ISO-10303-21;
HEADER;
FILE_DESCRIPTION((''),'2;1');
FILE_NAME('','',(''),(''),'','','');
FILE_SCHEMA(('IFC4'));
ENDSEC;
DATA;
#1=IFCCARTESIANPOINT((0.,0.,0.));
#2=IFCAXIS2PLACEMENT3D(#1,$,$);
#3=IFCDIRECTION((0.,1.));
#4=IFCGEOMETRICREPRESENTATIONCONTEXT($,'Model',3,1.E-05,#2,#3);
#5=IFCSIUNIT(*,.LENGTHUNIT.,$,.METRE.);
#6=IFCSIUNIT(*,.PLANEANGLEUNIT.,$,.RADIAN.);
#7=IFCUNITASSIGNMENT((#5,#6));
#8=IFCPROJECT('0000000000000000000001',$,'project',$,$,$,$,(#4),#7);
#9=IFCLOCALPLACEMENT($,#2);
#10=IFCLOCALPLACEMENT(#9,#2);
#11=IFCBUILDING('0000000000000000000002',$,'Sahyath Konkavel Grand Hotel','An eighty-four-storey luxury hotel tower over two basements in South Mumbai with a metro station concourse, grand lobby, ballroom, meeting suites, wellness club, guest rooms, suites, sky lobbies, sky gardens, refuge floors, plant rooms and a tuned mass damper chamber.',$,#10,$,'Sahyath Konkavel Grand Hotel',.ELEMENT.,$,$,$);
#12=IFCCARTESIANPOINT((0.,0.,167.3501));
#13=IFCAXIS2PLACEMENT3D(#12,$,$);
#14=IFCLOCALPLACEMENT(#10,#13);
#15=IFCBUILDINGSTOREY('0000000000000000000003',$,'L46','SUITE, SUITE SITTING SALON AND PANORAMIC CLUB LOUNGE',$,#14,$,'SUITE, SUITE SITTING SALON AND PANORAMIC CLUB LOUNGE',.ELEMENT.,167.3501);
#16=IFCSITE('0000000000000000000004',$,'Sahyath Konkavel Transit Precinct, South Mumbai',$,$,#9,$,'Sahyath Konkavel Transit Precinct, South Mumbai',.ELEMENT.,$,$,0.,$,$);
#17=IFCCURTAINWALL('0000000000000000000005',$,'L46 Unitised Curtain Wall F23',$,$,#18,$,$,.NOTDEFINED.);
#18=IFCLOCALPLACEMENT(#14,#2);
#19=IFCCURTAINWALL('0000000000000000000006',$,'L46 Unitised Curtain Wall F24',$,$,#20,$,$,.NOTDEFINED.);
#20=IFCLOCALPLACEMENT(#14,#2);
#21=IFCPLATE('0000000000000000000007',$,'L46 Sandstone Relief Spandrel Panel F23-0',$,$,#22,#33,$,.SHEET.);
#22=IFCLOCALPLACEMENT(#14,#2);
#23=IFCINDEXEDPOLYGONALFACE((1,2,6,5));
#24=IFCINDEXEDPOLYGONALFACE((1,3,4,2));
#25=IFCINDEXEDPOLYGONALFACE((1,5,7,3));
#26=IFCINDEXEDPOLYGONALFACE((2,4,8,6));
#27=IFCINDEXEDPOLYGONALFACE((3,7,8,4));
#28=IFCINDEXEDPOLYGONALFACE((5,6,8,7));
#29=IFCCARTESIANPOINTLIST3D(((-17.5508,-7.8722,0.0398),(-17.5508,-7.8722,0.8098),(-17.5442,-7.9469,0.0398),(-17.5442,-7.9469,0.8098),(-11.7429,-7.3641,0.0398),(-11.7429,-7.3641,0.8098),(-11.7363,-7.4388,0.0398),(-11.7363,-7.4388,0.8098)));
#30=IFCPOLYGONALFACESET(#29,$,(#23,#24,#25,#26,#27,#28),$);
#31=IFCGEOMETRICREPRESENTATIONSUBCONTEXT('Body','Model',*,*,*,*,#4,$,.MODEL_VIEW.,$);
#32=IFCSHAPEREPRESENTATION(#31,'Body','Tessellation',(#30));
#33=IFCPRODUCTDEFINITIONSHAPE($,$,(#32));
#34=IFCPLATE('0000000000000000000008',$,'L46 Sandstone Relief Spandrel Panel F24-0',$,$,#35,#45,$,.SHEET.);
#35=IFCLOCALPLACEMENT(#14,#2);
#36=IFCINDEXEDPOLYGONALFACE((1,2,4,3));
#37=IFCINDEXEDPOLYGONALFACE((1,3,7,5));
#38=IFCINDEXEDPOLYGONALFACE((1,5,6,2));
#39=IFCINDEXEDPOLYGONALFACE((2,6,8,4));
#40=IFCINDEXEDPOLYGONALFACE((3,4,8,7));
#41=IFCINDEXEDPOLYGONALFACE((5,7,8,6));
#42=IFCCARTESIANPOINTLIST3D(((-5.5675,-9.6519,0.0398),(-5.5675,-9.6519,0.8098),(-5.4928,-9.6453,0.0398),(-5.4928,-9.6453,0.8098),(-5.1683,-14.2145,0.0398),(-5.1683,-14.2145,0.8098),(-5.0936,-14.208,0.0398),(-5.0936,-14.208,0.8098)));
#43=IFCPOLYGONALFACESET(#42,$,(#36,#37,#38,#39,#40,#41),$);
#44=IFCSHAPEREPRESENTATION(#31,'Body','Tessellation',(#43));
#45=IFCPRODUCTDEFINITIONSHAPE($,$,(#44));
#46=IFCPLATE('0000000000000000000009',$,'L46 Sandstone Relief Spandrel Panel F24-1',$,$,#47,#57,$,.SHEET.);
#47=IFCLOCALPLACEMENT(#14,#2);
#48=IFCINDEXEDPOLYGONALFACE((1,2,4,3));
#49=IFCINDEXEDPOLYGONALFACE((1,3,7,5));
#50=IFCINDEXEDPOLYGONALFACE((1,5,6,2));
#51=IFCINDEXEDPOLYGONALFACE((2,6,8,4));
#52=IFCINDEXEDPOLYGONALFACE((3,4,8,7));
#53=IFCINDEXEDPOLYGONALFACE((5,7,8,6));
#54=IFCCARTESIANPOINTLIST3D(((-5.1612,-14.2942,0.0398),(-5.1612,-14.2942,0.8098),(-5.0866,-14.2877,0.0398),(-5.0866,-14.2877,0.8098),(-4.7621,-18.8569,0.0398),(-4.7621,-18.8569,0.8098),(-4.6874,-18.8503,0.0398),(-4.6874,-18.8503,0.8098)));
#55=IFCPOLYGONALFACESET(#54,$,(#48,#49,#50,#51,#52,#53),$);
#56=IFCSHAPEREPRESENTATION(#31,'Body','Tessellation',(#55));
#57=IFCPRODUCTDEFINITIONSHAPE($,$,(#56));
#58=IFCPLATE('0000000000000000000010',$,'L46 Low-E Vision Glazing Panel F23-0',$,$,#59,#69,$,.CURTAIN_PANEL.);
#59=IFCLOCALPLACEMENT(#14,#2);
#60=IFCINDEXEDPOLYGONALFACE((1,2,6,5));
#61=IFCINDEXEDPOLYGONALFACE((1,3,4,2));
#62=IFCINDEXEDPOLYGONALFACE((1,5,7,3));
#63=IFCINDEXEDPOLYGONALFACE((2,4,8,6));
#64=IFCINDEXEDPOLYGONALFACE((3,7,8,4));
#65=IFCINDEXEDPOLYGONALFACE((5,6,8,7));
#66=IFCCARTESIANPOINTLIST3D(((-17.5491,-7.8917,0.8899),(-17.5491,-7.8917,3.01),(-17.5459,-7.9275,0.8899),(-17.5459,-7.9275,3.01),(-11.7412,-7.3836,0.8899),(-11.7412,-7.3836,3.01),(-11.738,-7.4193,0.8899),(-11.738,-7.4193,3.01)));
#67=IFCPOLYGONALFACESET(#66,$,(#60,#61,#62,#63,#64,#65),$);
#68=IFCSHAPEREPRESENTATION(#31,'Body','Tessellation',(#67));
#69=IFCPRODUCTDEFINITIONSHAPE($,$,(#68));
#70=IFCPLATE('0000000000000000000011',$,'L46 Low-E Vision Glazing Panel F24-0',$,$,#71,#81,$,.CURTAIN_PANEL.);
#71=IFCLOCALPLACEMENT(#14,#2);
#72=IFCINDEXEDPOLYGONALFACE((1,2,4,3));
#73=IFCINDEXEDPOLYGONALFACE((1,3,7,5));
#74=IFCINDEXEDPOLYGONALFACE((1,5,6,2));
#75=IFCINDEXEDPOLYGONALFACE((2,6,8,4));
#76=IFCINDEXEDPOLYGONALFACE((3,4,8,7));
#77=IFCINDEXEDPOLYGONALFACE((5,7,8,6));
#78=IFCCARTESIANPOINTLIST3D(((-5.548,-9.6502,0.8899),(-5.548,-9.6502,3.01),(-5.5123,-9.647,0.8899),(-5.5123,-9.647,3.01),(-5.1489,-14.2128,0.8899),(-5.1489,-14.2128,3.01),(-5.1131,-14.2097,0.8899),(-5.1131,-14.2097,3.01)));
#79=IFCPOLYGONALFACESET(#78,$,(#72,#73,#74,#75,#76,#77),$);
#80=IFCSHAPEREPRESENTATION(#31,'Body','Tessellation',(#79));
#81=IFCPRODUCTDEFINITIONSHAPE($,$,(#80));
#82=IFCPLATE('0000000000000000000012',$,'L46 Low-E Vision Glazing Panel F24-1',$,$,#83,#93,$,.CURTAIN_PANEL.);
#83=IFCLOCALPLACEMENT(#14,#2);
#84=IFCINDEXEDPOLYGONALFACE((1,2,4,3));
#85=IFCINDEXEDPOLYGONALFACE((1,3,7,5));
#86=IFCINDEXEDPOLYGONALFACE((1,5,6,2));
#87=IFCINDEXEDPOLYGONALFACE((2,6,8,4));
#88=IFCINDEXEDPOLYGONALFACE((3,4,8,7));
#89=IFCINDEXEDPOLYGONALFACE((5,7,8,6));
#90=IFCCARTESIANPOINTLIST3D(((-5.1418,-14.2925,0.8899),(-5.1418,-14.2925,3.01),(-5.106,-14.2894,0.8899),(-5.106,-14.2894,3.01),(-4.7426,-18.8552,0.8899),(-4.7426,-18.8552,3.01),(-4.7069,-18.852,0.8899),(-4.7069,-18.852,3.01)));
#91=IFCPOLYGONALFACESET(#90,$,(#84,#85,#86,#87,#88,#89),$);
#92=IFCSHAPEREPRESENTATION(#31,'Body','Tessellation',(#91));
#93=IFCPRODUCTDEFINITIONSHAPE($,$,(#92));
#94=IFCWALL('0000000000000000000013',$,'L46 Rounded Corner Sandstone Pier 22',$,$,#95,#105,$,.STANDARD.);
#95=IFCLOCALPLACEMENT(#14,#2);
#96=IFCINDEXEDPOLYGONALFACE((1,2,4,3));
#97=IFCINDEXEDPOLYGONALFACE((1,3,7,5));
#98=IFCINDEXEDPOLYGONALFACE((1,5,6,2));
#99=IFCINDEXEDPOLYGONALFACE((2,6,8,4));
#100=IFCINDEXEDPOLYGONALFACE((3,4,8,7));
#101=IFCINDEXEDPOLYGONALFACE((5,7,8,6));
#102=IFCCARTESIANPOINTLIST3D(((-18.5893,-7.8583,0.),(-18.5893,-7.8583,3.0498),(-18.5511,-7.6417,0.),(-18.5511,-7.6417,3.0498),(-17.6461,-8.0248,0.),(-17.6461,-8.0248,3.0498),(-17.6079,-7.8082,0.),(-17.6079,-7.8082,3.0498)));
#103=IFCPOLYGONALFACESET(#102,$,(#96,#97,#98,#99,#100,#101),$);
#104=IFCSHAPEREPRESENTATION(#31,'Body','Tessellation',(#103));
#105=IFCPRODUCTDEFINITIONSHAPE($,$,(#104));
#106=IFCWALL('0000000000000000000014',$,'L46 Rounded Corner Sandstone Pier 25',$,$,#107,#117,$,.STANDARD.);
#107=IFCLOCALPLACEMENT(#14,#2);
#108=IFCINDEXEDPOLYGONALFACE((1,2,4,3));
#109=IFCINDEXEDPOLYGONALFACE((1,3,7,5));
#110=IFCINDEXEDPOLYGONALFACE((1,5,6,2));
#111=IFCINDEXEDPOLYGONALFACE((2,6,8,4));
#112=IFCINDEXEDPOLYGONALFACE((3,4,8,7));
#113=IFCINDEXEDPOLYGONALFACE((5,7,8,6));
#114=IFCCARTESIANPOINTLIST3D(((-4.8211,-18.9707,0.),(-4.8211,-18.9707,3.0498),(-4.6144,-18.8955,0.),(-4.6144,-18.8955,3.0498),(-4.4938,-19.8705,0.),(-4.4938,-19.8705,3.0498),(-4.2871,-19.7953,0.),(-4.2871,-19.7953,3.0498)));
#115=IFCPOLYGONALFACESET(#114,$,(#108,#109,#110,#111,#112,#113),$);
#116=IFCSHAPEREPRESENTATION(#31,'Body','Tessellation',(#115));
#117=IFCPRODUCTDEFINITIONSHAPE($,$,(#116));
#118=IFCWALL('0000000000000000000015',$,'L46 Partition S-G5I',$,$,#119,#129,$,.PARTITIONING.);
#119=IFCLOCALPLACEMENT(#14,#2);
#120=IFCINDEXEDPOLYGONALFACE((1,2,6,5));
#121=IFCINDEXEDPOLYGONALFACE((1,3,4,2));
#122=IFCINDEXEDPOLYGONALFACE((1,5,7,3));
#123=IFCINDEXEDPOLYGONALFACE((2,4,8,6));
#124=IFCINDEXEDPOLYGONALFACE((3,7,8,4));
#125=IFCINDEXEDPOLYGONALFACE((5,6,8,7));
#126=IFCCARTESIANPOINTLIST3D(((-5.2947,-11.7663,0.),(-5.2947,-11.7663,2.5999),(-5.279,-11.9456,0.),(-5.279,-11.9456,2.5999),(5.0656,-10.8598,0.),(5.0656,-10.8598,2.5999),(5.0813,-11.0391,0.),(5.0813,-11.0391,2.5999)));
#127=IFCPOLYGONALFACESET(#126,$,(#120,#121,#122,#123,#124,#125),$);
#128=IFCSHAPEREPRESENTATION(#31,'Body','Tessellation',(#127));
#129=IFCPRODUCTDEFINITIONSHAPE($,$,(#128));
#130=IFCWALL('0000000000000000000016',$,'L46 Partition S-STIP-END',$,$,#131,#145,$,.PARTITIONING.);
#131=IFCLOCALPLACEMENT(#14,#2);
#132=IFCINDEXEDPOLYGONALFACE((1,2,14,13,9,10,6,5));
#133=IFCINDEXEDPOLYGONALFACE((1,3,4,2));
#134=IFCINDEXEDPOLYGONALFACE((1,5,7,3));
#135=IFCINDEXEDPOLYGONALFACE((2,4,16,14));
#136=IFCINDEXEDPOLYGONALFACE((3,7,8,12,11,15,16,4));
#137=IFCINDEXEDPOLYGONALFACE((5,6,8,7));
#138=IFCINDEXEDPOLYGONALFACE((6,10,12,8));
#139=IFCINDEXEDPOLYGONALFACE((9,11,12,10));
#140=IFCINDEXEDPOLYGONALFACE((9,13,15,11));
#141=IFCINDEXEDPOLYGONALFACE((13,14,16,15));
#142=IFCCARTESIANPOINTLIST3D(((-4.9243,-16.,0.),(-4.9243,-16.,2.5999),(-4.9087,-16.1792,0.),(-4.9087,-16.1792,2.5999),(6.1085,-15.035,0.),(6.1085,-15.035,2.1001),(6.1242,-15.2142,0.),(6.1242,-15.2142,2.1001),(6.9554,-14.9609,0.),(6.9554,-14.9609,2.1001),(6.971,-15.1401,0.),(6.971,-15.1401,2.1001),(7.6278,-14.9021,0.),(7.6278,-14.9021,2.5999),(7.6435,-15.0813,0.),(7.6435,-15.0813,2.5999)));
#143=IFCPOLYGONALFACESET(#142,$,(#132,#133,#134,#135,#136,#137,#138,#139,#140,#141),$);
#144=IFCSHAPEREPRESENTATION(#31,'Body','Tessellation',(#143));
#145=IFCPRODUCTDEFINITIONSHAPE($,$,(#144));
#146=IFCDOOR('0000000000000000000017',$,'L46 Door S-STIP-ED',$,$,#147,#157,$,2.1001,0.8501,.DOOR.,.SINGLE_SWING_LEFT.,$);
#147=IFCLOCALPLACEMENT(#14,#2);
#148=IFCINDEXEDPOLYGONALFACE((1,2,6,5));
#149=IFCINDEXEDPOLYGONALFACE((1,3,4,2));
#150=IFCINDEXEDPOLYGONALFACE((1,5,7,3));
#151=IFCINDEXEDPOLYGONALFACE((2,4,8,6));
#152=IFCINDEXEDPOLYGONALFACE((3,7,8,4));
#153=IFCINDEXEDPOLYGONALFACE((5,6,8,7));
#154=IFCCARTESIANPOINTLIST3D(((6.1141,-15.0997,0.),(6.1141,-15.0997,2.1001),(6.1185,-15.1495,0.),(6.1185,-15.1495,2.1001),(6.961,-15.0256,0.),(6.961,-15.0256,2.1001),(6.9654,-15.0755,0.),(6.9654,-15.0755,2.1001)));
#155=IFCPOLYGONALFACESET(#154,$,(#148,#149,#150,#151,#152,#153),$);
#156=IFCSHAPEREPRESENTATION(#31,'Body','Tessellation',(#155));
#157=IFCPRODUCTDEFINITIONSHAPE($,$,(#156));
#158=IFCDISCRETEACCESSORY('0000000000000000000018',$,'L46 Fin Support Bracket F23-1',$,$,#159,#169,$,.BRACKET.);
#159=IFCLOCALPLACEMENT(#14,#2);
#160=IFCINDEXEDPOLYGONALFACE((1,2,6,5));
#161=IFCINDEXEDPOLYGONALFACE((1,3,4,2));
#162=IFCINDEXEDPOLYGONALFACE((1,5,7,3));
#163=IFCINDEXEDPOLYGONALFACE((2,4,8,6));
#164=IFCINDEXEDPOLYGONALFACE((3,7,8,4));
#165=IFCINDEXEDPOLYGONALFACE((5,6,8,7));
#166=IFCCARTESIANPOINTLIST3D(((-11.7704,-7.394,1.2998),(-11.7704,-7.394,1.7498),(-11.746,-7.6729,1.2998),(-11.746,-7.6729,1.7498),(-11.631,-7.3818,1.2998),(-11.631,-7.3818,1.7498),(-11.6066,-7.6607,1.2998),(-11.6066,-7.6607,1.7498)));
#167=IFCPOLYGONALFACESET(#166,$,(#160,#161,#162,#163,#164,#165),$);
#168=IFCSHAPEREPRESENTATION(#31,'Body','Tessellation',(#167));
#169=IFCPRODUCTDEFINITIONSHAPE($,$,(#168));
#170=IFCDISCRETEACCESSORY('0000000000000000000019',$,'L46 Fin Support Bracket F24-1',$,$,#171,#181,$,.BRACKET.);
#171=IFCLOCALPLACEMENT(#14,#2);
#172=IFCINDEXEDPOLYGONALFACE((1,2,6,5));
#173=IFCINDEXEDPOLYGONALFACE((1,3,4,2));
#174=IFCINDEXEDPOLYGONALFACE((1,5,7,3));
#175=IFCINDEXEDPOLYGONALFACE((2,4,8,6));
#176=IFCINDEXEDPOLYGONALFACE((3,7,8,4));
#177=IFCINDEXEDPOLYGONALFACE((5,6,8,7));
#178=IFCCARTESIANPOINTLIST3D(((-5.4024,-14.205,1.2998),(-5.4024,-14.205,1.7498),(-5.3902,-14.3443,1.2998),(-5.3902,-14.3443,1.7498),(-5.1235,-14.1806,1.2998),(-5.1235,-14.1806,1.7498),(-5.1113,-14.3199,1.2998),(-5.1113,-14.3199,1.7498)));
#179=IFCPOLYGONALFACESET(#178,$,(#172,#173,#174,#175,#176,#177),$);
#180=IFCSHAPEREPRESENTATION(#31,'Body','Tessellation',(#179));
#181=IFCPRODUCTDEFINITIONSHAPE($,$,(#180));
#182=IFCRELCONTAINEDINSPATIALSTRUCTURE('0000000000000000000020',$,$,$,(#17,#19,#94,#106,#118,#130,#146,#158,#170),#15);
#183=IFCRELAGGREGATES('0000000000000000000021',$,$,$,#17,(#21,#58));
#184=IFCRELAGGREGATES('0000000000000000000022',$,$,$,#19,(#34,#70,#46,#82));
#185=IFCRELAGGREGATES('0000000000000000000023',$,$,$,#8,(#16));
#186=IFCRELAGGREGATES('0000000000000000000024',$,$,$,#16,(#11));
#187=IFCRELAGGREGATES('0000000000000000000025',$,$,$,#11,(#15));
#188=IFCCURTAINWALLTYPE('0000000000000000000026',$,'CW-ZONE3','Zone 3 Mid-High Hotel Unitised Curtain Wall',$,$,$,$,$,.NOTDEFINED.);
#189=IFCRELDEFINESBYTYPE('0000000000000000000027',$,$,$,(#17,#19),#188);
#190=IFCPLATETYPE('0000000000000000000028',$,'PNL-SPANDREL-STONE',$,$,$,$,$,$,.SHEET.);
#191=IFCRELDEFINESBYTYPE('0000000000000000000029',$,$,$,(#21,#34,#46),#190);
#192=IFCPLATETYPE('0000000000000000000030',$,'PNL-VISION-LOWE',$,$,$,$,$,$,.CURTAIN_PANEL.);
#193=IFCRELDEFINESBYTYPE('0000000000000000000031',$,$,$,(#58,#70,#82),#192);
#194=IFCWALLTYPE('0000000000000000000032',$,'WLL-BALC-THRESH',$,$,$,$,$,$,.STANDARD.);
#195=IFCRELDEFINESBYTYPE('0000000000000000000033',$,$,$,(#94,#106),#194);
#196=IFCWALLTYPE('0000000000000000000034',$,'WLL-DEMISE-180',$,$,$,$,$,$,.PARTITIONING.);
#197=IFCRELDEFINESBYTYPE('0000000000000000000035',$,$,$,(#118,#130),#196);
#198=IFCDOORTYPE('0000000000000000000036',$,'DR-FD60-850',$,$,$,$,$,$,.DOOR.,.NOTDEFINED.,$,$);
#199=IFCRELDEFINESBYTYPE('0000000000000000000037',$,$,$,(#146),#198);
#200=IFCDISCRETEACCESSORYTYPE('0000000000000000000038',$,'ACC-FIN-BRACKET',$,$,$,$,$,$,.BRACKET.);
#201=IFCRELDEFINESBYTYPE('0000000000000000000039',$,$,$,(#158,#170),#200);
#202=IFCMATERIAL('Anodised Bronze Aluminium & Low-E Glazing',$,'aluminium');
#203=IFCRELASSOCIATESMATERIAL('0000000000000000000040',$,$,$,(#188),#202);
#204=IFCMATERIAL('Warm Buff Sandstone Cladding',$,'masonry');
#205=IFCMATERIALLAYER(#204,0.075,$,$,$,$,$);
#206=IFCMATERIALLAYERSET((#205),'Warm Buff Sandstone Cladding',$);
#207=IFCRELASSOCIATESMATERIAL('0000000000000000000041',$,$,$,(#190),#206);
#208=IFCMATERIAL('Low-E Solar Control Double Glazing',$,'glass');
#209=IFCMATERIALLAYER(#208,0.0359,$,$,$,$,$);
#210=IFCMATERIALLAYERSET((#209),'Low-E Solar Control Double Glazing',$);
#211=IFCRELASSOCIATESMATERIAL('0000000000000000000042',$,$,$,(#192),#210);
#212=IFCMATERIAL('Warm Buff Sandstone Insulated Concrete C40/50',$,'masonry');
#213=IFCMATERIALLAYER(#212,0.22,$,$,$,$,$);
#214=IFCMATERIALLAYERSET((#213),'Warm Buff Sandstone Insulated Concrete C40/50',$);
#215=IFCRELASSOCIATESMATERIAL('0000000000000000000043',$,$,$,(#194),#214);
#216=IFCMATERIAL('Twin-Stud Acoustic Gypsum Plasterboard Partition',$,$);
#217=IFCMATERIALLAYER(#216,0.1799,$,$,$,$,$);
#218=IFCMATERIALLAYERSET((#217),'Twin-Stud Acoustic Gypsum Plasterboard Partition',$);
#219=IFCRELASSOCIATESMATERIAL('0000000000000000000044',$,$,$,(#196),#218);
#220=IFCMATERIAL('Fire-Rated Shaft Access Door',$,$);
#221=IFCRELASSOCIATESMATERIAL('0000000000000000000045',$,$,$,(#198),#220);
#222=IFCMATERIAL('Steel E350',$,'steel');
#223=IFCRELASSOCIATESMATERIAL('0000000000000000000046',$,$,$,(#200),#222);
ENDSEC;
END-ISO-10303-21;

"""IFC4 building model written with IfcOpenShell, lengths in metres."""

from ifc_helpers import new_model, si_unit, direction, frame, frame_2d, origin, origin_2d, place, context, subcontext, project, spatial, rectangle, extrude, source, transform, mapped, material, layer, layer_set, type_object, element, fill, aggregate, save


model = new_model("IFC4")

# Units and contexts
model_context = context("Model", 3, precision=1e-05, world=origin(), true_north=direction((0.0, 1.0)))
body_context = subcontext(model_context, "Body", "Model", "MODEL_VIEW")
ifc_project = project(units=[si_unit("LENGTHUNIT", "METRE"), si_unit("PLANEANGLEUNIT", "RADIAN")], contexts=[model_context])

# Site, building, storey
site_placement = place(None, origin())
site = spatial("IfcSite", under=ifc_project, at=site_placement, Name="Sahyath Konkavel Transit Precinct, South Mumbai", LongName="Sahyath Konkavel Transit Precinct, South Mumbai", CompositionType="ELEMENT", RefElevation=0.0)
building_placement = place(site_placement, origin())
building = spatial("IfcBuilding", under=site, at=building_placement, Name="Sahyath Konkavel Grand Hotel", Description="An eighty-four-storey luxury hotel tower over two basements in South Mumbai with a metro station concourse, grand lobby, ballroom, meeting suites, wellness club, guest rooms, suites, sky lobbies, sky gardens, refuge floors, plant rooms and a tuned mass damper chamber.", LongName="Sahyath Konkavel Grand Hotel", CompositionType="ELEMENT")
storey_placement = place(building_placement, frame((0.0, 0.0, 167.3501)))
storey = spatial("IfcBuildingStorey", under=building, at=storey_placement, Name="L46", Description="SUITE, SUITE SITTING SALON AND PANORAMIC CLUB LOUNGE", LongName="SUITE, SUITE SITTING SALON AND PANORAMIC CLUB LOUNGE", CompositionType="ELEMENT", Elevation=167.3501)

# Curtain walls
ifc_material_1 = material(Name="Anodised Bronze Aluminium & Low-E Glazing", Category="aluminium")
curtain_wall_type = type_object("IfcCurtainWallType", Name="CW-ZONE3", Description="Zone 3 Mid-High Hotel Unitised Curtain Wall", PredefinedType="NOTDEFINED", material=ifc_material_1)
curtain_wall_1_placement = place(storey_placement, origin())
curtain_wall_1 = element("IfcCurtainWall", 1, at=curtain_wall_1_placement, inside=storey, type_object=curtain_wall_type, Name="L46 Unitised Curtain Wall F23", PredefinedType="NOTDEFINED")
curtain_wall_2_placement = place(storey_placement, origin())
curtain_wall_2 = element("IfcCurtainWall", 2, at=curtain_wall_2_placement, inside=storey, type_object=curtain_wall_type, Name="L46 Unitised Curtain Wall F24", PredefinedType="NOTDEFINED")

# Plates
ifc_material_2 = material(Name="Warm Buff Sandstone Cladding", Category="masonry")
ifc_layer_1 = layer(ifc_material_2, 0.075)
ifc_layer_set_1 = layer_set([ifc_layer_1], Name="Warm Buff Sandstone Cladding")
plate_type_1 = type_object("IfcPlateType", Name="PNL-SPANDREL-STONE", PredefinedType="SHEET", material=ifc_layer_set_1)
shared_shape_1 = source(origin(), body_context, "Body", "SweptSolid", [
    extrude(rectangle(XDim=5.8301, YDim=0.075, at=origin_2d()), origin(), (0.0, 0.0, 1.0), 0.77),
])
plate_1_placement = place(storey_placement, frame((-14.6436, -7.6555, 0.0398), z_axis=(0.0, 0.0, 1.0), x_axis=(0.996195, 0.087156, 0.0)))
plate_1 = element("IfcPlate", 3, at=plate_1_placement, type_object=plate_type_1, Name="L46 Sandstone Relief Spandrel Panel F23-0", PredefinedType="SHEET", context=body_context, shape_type="MappedRepresentation", body=[
    mapped(shared_shape_1, transform((0.0, 0.0, 0.0), scale=1.0)),
])
shared_shape_2 = source(origin(), body_context, "Body", "SweptSolid", [
    extrude(rectangle(XDim=4.5801, YDim=0.075, at=origin_2d()), origin(), (0.0, 0.0, 1.0), 0.77),
])
plate_2_placement = place(storey_placement, frame((-5.3306, -11.9299, 0.0398), z_axis=(0.0, 0.0, 1.0), x_axis=(0.087156, -0.996195, 0.0)))
plate_2 = element("IfcPlate", 4, at=plate_2_placement, type_object=plate_type_1, Name="L46 Sandstone Relief Spandrel Panel F24-0", PredefinedType="SHEET", context=body_context, shape_type="MappedRepresentation", body=[
    mapped(shared_shape_2, transform((0.0, 0.0, 0.0), scale=1.0)),
])
plate_3_placement = place(storey_placement, frame((-4.9243, -16.5723, 0.0398), z_axis=(0.0, 0.0, 1.0), x_axis=(0.087156, -0.996195, 0.0)))
plate_3 = element("IfcPlate", 5, at=plate_3_placement, type_object=plate_type_1, Name="L46 Sandstone Relief Spandrel Panel F24-1", PredefinedType="SHEET", context=body_context, shape_type="MappedRepresentation", body=[
    mapped(shared_shape_2, transform((0.0, 0.0, 0.0), scale=1.0)),
])
ifc_material_3 = material(Name="Low-E Solar Control Double Glazing", Category="glass")
ifc_layer_2 = layer(ifc_material_3, 0.0359)
ifc_layer_set_2 = layer_set([ifc_layer_2], Name="Low-E Solar Control Double Glazing")
plate_type_2 = type_object("IfcPlateType", Name="PNL-VISION-LOWE", PredefinedType="CURTAIN_PANEL", material=ifc_layer_set_2)
shared_shape_3 = source(origin(), body_context, "Body", "SweptSolid", [
    extrude(rectangle(XDim=5.8301, YDim=0.0359, at=origin_2d()), origin(), (0.0, 0.0, 1.0), 2.1201),
])
plate_4_placement = place(storey_placement, frame((-14.6436, -7.6555, 0.8899), z_axis=(0.0, 0.0, 1.0), x_axis=(0.996195, 0.087156, 0.0)))
plate_4 = element("IfcPlate", 6, at=plate_4_placement, type_object=plate_type_2, Name="L46 Low-E Vision Glazing Panel F23-0", PredefinedType="CURTAIN_PANEL", context=body_context, shape_type="MappedRepresentation", body=[
    mapped(shared_shape_3, transform((0.0, 0.0, 0.0), scale=1.0)),
])
aggregate(curtain_wall_1, [plate_1, plate_4])
shared_shape_4 = source(origin(), body_context, "Body", "SweptSolid", [
    extrude(rectangle(XDim=4.5801, YDim=0.0359, at=origin_2d()), origin(), (0.0, 0.0, 1.0), 2.1201),
])
plate_5_placement = place(storey_placement, frame((-5.3306, -11.9299, 0.8899), z_axis=(0.0, 0.0, 1.0), x_axis=(0.087156, -0.996195, 0.0)))
plate_5 = element("IfcPlate", 7, at=plate_5_placement, type_object=plate_type_2, Name="L46 Low-E Vision Glazing Panel F24-0", PredefinedType="CURTAIN_PANEL", context=body_context, shape_type="MappedRepresentation", body=[
    mapped(shared_shape_4, transform((0.0, 0.0, 0.0), scale=1.0)),
])
plate_6_placement = place(storey_placement, frame((-4.9243, -16.5723, 0.8899), z_axis=(0.0, 0.0, 1.0), x_axis=(0.087156, -0.996195, 0.0)))
plate_6 = element("IfcPlate", 8, at=plate_6_placement, type_object=plate_type_2, Name="L46 Low-E Vision Glazing Panel F24-1", PredefinedType="CURTAIN_PANEL", context=body_context, shape_type="MappedRepresentation", body=[
    mapped(shared_shape_4, transform((0.0, 0.0, 0.0), scale=1.0)),
])
aggregate(curtain_wall_2, [plate_2, plate_5, plate_3, plate_6])

# Walls
ifc_material_4 = material(Name="Warm Buff Sandstone Insulated Concrete C40/50", Category="masonry")
ifc_layer_3 = layer(ifc_material_4, 0.22)
ifc_layer_set_3 = layer_set([ifc_layer_3], Name="Warm Buff Sandstone Insulated Concrete C40/50")
wall_type_1 = type_object("IfcWallType", Name="WLL-BALC-THRESH", PredefinedType="STANDARD", material=ifc_layer_set_3)
wall_1_placement = place(storey_placement, frame((-18.5703, -7.75, 0.0), z_axis=(0.0, 0.0, 1.0), x_axis=(0.984771, -0.173858, 0.0)))
element("IfcWall", 9, at=wall_1_placement, inside=storey, type_object=wall_type_1, Name="L46 Rounded Corner Sandstone Pier 22", PredefinedType="STANDARD", context=body_context, shape_type="SweptSolid", body=[
    extrude(rectangle(XDim=0.9578, YDim=0.22, at=frame_2d((0.479, 0.0))), origin(), (0.0, 0.0, 1.0), 3.0498),
])
wall_2_placement = place(storey_placement, frame((-4.7178, -18.9331, 0.0), z_axis=(0.0, 0.0, 1.0), x_axis=(0.341886, -0.939741, 0.0)))
element("IfcWall", 10, at=wall_2_placement, inside=storey, type_object=wall_type_1, Name="L46 Rounded Corner Sandstone Pier 25", PredefinedType="STANDARD", context=body_context, shape_type="SweptSolid", body=[
    extrude(rectangle(XDim=0.9575, YDim=0.22, at=frame_2d((0.4788, 0.0))), origin(), (0.0, 0.0, 1.0), 3.0498),
])
ifc_material_5 = material(Name="Twin-Stud Acoustic Gypsum Plasterboard Partition")
ifc_layer_4 = layer(ifc_material_5, 0.1799)
ifc_layer_set_4 = layer_set([ifc_layer_4], Name="Twin-Stud Acoustic Gypsum Plasterboard Partition")
wall_type_2 = type_object("IfcWallType", Name="WLL-DEMISE-180", PredefinedType="PARTITIONING", material=ifc_layer_set_4)
wall_3_placement = place(storey_placement, frame((-5.2869, -11.856, 0.0), z_axis=(0.0, 0.0, 1.0), x_axis=(0.996194, 0.087163, 0.0)))
element("IfcWall", 11, at=wall_3_placement, inside=storey, type_object=wall_type_2, Name="L46 Partition S-G5I", PredefinedType="PARTITIONING", context=body_context, shape_type="SweptSolid", body=[
    extrude(rectangle(XDim=10.3999, YDim=0.1799, at=frame_2d((5.2, 0.0))), origin(), (0.0, 0.0, 1.0), 2.5999),
])

# Wall, opening, door
wall_4_placement = place(storey_placement, frame((-4.9165, -16.0896, 0.0), z_axis=(0.0, 0.0, 1.0), x_axis=(0.996197, 0.087134, 0.0)))
wall_4 = element("IfcWall", 12, at=wall_4_placement, inside=storey, type_object=wall_type_2, Name="L46 Partition S-STIP-END", PredefinedType="PARTITIONING", context=body_context, shape_type="SweptSolid", body=[
    extrude(rectangle(XDim=12.6001, YDim=0.1799, at=frame_2d((6.3, 0.0))), origin(), (0.0, 0.0, 1.0), 2.5999),
])
opening_placement = place(wall_4_placement, frame((11.075, 0.0, 0.0)))
opening = element("IfcOpeningElement", 13, at=opening_placement, cuts=wall_4, PredefinedType="OPENING", context=body_context, shape_type="SweptSolid", body=[
    extrude(rectangle(XDim=0.8501, YDim=2.1001, at=frame_2d((0.425, 1.05))), frame((0.0, 0.1001, 0.0), z_axis=(0.0, -1.0, 0.0), x_axis=(1.0, 0.0, 0.0)), (0.0, 0.0, 1.0), 0.2),
])
ifc_material_6 = material(Name="Fire-Rated Shaft Access Door")
door_type = type_object("IfcDoorType", Name="DR-FD60-850", OperationType="NOTDEFINED", PredefinedType="DOOR", material=ifc_material_6)
shared_shape_5 = source(origin(), body_context, "Body", "SweptSolid", [
    extrude(rectangle(XDim=0.8501, YDim=0.05, at=origin_2d()), origin(), (0.0, 0.0, 1.0), 2.1001),
])
door_placement = place(opening_placement, frame((0.425, 0.0, 0.0)))
door = element("IfcDoor", 14, at=door_placement, inside=storey, type_object=door_type, Name="L46 Door S-STIP-ED", OperationType="SINGLE_SWING_LEFT", OverallHeight=2.1001, OverallWidth=0.8501, PredefinedType="DOOR", context=body_context, shape_type="MappedRepresentation", body=[
    mapped(shared_shape_5, transform((0.0, 0.0, 0.0), scale=1.0)),
])
fill(opening, door)

# Discrete accessories
ifc_material_7 = material(Name="Steel E350", Category="steel")
discrete_accessory_type = type_object("IfcDiscreteAccessoryType", Name="ACC-FIN-BRACKET", PredefinedType="BRACKET", material=ifc_material_7)
shared_shape_6 = source(origin(), body_context, "Body", "SweptSolid", [
    extrude(rectangle(XDim=0.28, YDim=0.1399, at=origin_2d()), origin(), (0.0, 0.0, 1.0), 0.45),
])
for number, where, z_axis, x_axis, name in (
    (15, (-11.6885, -7.5273, 1.2998), (0.0, 0.0, 1.0), (0.087156, -0.996195, 0.0), "L46 Fin Support Bracket F23-1"),
    (16, (-5.2568, -14.2625, 1.2998), (0.0, 0.0, 1.0), (-0.996195, -0.087156, 0.0), "L46 Fin Support Bracket F24-1"),
):
    element("IfcDiscreteAccessory", number, at=place(storey_placement, frame(where, z_axis=z_axis, x_axis=x_axis)), inside=storey, type_object=discrete_accessory_type, Name=name, PredefinedType="BRACKET", context=body_context, shape_type="MappedRepresentation", body=[
        mapped(shared_shape_6, transform((0.0, 0.0, 0.0), scale=1.0)),
    ])

save(model, "model.ifc")
